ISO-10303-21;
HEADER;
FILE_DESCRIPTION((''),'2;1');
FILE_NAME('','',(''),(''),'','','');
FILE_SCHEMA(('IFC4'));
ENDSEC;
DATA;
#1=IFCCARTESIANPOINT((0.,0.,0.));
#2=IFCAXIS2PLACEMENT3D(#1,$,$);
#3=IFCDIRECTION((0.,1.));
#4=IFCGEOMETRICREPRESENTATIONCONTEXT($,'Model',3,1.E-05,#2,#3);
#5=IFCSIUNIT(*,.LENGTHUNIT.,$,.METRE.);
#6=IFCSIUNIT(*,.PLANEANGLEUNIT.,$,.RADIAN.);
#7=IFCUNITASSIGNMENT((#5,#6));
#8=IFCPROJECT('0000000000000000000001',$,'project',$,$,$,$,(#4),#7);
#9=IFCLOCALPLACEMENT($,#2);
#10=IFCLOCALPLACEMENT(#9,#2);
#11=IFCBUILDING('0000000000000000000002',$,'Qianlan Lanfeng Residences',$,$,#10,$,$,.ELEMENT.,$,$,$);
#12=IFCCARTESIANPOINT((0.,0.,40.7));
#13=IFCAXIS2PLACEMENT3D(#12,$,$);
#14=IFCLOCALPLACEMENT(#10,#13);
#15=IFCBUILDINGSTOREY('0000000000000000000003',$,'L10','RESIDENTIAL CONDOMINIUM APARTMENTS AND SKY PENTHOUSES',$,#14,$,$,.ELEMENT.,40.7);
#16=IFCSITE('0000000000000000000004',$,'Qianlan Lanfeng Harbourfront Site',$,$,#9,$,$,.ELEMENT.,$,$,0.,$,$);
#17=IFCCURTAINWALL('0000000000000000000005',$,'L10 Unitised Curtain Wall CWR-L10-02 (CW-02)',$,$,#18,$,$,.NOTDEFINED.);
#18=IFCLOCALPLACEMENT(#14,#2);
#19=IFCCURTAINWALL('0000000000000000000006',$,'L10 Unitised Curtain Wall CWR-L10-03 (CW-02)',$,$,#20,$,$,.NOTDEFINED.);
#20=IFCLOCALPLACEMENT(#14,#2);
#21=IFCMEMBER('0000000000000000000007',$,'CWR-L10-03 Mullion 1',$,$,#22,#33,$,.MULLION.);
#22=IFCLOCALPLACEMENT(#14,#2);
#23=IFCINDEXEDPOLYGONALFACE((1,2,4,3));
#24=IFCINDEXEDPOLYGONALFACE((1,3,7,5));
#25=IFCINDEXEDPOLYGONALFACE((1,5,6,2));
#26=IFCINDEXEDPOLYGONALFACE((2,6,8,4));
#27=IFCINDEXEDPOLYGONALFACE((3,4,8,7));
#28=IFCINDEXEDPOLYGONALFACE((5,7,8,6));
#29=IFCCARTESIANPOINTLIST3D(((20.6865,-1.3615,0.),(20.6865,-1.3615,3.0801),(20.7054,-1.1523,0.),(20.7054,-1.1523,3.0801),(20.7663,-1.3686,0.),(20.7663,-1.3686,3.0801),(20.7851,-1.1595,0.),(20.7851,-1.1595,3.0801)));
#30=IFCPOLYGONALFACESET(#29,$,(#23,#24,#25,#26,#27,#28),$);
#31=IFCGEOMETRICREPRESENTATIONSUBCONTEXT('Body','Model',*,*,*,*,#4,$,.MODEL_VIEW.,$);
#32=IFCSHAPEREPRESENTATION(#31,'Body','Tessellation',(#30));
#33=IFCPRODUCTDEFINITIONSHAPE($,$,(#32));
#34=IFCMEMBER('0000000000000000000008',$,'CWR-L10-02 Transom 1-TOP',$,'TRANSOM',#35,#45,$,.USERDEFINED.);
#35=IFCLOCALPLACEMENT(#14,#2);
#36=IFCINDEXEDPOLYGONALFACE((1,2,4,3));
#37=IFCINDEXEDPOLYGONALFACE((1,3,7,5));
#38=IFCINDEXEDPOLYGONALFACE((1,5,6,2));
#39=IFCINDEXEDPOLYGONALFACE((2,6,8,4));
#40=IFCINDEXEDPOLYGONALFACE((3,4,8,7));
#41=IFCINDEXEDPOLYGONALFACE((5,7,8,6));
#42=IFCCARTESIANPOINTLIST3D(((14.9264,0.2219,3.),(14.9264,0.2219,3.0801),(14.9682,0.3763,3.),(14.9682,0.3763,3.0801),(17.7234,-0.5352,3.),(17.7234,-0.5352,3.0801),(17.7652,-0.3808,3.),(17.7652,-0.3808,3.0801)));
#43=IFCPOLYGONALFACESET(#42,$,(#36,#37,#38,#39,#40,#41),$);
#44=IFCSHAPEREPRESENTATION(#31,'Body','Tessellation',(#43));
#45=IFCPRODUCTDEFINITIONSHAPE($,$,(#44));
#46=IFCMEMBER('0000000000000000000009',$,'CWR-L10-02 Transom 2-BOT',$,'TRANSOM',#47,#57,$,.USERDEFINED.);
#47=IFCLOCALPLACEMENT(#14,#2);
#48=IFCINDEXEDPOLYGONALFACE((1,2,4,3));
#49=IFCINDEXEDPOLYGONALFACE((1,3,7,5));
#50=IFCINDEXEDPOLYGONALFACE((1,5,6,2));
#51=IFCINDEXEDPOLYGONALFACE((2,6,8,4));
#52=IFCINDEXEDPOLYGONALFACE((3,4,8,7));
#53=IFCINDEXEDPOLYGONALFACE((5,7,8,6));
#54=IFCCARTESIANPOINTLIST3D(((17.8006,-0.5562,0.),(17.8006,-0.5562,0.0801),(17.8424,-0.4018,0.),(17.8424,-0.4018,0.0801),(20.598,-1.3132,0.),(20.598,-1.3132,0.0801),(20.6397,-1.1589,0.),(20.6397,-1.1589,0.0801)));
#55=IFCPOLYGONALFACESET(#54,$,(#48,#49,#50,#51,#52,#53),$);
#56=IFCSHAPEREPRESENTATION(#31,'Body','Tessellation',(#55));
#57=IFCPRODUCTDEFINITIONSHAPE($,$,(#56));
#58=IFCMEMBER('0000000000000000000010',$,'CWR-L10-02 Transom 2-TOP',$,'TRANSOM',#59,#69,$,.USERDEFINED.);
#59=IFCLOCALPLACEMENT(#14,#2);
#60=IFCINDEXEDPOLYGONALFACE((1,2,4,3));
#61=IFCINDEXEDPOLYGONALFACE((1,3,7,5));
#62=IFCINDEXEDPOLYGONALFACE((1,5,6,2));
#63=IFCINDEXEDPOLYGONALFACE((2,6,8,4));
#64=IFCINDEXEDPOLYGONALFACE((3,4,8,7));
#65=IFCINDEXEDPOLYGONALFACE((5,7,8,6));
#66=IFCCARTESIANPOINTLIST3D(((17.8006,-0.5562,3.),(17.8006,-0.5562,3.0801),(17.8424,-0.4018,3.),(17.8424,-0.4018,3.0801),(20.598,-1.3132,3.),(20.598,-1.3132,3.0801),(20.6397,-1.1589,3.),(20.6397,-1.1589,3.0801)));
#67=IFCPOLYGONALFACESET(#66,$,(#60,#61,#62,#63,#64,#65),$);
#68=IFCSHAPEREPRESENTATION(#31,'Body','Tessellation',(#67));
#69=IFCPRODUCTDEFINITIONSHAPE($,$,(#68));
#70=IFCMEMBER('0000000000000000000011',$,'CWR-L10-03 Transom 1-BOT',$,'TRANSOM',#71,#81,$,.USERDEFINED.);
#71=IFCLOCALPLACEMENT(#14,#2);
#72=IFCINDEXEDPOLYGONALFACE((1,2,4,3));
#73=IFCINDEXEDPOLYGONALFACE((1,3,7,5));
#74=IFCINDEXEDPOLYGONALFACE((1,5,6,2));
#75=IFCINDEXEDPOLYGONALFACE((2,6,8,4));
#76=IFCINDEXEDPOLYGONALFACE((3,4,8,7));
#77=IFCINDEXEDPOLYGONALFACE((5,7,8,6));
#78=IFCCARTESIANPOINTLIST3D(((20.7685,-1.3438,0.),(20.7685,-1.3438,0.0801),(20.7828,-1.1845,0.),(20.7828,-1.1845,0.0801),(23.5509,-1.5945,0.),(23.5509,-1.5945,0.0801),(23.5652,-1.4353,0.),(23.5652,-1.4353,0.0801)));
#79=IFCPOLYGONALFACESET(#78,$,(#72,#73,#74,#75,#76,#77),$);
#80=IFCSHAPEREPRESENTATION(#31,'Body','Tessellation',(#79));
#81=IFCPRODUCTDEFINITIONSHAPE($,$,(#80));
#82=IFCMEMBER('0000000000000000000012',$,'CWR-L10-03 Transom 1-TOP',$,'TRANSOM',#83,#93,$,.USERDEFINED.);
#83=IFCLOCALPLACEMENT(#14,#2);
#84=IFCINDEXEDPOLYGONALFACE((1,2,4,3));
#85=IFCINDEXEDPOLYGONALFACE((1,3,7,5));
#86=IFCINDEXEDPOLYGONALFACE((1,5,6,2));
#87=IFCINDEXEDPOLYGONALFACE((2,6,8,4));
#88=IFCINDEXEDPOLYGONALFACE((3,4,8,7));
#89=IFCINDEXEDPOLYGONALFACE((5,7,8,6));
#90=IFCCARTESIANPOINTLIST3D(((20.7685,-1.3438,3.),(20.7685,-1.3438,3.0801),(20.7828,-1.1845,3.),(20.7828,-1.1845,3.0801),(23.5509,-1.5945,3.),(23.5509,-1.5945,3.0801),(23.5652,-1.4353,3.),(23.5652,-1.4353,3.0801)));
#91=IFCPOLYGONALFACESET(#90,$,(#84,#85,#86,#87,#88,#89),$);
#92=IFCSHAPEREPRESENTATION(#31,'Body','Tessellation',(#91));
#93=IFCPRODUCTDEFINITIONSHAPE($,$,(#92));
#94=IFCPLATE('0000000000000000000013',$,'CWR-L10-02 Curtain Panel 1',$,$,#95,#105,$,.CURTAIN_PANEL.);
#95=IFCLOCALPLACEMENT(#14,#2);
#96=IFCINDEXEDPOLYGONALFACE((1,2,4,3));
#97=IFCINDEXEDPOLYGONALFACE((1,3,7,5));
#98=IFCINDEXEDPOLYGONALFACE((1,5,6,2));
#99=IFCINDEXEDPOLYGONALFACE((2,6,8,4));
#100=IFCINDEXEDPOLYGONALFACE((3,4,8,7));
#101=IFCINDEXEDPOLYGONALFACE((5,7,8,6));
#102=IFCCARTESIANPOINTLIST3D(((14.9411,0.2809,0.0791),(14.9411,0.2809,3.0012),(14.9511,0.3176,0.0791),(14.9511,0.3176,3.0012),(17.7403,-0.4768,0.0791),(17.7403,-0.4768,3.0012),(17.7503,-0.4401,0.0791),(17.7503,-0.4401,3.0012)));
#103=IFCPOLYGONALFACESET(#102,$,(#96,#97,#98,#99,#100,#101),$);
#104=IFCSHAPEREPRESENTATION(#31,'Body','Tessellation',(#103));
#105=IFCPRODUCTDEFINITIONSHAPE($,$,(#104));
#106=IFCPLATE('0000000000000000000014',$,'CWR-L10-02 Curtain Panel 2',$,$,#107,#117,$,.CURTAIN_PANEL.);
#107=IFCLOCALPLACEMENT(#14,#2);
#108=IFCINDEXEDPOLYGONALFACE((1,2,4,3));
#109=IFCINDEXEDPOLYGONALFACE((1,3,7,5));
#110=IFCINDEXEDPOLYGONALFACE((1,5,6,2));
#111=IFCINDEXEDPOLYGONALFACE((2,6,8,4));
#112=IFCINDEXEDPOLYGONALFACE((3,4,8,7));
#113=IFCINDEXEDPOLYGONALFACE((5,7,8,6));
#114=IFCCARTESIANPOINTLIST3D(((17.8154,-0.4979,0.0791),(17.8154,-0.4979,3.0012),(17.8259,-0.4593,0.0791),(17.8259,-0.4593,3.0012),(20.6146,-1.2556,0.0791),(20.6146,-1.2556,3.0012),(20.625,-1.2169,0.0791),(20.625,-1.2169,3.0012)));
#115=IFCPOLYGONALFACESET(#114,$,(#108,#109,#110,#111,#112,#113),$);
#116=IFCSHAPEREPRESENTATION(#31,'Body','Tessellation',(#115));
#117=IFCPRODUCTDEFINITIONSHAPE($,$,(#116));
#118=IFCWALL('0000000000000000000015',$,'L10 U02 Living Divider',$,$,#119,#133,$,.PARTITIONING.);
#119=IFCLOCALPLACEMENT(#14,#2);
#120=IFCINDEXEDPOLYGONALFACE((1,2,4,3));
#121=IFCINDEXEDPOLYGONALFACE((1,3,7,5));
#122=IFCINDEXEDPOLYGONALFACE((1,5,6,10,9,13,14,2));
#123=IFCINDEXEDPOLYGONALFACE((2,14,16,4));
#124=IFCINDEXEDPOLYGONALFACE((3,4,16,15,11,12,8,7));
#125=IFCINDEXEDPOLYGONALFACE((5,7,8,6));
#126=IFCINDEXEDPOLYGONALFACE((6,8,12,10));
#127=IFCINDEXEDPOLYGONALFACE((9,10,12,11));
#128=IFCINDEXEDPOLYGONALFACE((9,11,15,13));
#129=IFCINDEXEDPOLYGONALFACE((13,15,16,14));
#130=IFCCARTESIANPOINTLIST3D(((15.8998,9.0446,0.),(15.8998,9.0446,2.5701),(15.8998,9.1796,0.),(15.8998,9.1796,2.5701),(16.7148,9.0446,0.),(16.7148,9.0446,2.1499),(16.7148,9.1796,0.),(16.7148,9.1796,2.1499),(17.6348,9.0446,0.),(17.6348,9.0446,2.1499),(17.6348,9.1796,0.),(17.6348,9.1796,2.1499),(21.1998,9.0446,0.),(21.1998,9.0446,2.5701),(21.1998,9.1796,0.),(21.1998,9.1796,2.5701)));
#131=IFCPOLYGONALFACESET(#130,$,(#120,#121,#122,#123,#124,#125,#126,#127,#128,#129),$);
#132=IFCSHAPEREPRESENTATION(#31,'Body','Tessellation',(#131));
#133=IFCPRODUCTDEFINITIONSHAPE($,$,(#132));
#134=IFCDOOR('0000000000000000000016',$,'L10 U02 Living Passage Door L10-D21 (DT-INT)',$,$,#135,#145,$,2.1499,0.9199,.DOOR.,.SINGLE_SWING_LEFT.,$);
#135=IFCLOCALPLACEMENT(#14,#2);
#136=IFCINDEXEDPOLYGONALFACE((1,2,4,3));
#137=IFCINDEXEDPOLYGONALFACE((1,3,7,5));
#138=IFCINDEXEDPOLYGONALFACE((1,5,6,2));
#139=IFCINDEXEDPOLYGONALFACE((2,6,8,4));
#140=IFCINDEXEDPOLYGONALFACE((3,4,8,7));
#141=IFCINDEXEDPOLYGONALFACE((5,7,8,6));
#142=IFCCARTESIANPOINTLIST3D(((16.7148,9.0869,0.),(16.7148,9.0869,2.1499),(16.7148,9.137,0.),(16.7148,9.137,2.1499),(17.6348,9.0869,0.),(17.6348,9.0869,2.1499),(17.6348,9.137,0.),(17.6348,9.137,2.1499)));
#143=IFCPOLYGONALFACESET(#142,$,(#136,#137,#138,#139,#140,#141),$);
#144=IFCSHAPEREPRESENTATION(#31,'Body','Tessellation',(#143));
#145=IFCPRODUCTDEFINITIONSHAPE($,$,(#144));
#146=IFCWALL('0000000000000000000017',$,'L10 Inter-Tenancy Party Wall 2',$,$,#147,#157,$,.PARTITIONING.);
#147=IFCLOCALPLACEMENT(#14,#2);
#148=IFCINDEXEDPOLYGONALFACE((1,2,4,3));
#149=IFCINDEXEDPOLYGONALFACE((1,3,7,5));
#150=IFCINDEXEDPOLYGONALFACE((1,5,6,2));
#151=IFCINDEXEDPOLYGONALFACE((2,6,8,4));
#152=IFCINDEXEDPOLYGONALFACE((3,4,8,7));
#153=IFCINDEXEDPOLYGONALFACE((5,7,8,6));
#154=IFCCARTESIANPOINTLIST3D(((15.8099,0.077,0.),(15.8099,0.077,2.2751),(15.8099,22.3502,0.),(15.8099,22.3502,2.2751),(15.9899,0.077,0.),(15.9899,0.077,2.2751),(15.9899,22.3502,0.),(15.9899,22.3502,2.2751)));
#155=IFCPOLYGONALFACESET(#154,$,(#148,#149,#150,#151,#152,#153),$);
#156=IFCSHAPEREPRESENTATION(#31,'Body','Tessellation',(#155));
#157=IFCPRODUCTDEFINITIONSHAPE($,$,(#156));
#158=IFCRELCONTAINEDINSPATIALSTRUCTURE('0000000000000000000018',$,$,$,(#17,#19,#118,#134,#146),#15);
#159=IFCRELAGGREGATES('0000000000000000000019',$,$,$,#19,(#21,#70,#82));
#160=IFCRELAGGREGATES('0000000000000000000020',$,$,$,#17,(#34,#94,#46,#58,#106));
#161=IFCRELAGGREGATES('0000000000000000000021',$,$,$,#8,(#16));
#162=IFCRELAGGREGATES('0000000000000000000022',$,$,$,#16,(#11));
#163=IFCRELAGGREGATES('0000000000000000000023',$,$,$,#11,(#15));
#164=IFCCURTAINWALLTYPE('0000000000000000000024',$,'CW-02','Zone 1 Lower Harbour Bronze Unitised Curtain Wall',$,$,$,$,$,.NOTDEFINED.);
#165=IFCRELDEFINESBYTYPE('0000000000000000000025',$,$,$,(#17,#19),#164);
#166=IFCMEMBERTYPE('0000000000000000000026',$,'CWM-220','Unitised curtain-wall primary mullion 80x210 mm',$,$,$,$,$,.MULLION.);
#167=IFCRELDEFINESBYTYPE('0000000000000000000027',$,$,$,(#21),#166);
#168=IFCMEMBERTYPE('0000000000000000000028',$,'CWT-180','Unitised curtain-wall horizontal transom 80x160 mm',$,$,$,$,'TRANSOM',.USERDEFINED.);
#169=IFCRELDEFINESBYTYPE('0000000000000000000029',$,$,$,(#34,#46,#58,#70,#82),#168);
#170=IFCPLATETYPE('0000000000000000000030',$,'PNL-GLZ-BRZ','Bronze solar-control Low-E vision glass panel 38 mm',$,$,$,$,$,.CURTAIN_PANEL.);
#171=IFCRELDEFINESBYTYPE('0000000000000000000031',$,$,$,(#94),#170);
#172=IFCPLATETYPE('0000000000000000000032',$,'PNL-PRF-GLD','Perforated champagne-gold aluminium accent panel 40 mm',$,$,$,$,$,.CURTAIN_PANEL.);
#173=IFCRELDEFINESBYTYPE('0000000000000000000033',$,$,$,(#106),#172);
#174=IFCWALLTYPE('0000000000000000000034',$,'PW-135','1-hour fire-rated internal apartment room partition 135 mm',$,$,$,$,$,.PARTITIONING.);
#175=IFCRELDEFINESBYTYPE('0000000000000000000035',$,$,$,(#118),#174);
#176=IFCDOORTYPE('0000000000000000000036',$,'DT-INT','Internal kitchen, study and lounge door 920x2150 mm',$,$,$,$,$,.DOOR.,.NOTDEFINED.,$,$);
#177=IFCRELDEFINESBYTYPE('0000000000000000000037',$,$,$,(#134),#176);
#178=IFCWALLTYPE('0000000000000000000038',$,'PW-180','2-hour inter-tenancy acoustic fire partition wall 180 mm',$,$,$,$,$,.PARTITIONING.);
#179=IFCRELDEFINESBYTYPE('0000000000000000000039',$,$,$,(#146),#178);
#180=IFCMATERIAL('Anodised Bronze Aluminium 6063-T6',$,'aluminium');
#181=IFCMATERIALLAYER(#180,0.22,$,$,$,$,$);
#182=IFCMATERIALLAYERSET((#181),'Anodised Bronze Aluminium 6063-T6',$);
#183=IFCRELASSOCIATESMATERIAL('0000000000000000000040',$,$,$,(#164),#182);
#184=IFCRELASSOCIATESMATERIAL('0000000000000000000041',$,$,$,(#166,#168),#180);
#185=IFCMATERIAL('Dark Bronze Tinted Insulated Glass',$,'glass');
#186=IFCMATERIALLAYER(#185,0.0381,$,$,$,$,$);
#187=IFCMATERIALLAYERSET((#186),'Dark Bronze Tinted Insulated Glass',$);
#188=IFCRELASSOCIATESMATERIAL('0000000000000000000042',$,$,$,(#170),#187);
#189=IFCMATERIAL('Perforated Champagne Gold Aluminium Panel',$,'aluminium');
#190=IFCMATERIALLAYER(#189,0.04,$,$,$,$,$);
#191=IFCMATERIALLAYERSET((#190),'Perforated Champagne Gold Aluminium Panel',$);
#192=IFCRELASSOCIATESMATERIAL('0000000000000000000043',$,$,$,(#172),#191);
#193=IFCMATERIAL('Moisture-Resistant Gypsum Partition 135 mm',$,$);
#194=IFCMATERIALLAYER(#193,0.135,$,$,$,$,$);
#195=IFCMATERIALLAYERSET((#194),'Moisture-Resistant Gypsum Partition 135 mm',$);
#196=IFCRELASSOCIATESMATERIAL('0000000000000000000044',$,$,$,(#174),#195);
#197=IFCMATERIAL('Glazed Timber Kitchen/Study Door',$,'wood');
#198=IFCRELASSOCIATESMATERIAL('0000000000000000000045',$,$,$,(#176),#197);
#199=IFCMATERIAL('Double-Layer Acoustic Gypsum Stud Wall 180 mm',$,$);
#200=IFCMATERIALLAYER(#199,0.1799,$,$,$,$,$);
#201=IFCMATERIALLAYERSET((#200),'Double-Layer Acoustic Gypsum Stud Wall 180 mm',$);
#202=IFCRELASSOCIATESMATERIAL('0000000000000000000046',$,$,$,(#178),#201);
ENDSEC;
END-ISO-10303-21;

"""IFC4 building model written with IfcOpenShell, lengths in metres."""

from ifc_helpers import new_model, si_unit, direction, frame, frame_2d, origin, origin_2d, place, context, subcontext, project, spatial, rectangle, extrude, source, transform, mapped, material, layer, layer_set, material_profile, profile_set, type_object, element, fill, aggregate, save


model = new_model("IFC4")

# Units and contexts
model_context = context("Model", 3, precision=1e-05, world=origin(), true_north=direction((0.0, 1.0)))
body_context = subcontext(model_context, "Body", "Model", "MODEL_VIEW")
ifc_project = project(units=[si_unit("LENGTHUNIT", "METRE"), si_unit("PLANEANGLEUNIT", "RADIAN")], contexts=[model_context])

# Site, building, storey
site_placement = place(None, origin())
site = spatial("IfcSite", under=ifc_project, at=site_placement, Name="Qianlan Lanfeng Harbourfront Site", CompositionType="ELEMENT", RefElevation=0.0)
building_placement = place(site_placement, origin())
building = spatial("IfcBuilding", under=site, at=building_placement, Name="Qianlan Lanfeng Residences", CompositionType="ELEMENT")
storey_placement = place(building_placement, frame((0.0, 0.0, 40.7)))
storey = spatial("IfcBuildingStorey", under=building, at=storey_placement, Name="L10", Description="RESIDENTIAL CONDOMINIUM APARTMENTS AND SKY PENTHOUSES", CompositionType="ELEMENT", Elevation=40.7)

# Curtain wall
ifc_material_1 = material(Name="Anodised Bronze Aluminium 6063-T6", Category="aluminium")
ifc_layer_1 = layer(ifc_material_1, 0.22)
ifc_layer_set_1 = layer_set([ifc_layer_1], Name="Anodised Bronze Aluminium 6063-T6")
curtain_wall_type = type_object("IfcCurtainWallType", Name="CW-02", Description="Zone 1 Lower Harbour Bronze Unitised Curtain Wall", PredefinedType="NOTDEFINED", material=ifc_layer_set_1)
curtain_wall_1_placement = place(storey_placement, origin())
curtain_wall_1 = element("IfcCurtainWall", 1, at=curtain_wall_1_placement, inside=storey, type_object=curtain_wall_type, Name="L10 Unitised Curtain Wall CWR-L10-02 (CW-02)", PredefinedType="NOTDEFINED")
ifc_material_profile_1 = material_profile(ifc_material_1, rectangle(XDim=0.0801, YDim=0.21, at=origin_2d()), Name="ALU MULLION 80x210")
ifc_profile_set_1 = profile_set([ifc_material_profile_1], Name="Anodised Bronze Aluminium 6063-T6")
member_type_1 = type_object("IfcMemberType", Name="CWM-220", Description="Unitised curtain-wall primary mullion 80x210 mm", PredefinedType="MULLION", material=ifc_profile_set_1)
shared_shape_1 = source(origin(), body_context, "Body", "SweptSolid", [
    extrude(rectangle(XDim=0.0801, YDim=0.21, at=origin_2d()), origin(), (0.0, 0.0, 1.0), 3.0801),
])

# Curtain wall, member
curtain_wall_2_placement = place(storey_placement, origin())
curtain_wall_2 = element("IfcCurtainWall", 2, at=curtain_wall_2_placement, inside=storey, type_object=curtain_wall_type, Name="L10 Unitised Curtain Wall CWR-L10-03 (CW-02)", PredefinedType="NOTDEFINED")
member_1_placement = place(storey_placement, frame((20.7358, -1.2605, 0.0), z_axis=(0.0, 0.0, 1.0), x_axis=(0.995965, -0.089746, 0.0)))
member_1 = element("IfcMember", 3, at=member_1_placement, type_object=member_type_1, Name="CWR-L10-03 Mullion 1", PredefinedType="MULLION", context=body_context, shape_type="MappedRepresentation", body=[
    mapped(shared_shape_1, transform((0.0, 0.0, 0.0), scale=1.0)),
])

# Members
ifc_material_profile_2 = material_profile(ifc_material_1, rectangle(XDim=0.0801, YDim=0.1599, at=origin_2d()), Name="ALU TRANSOM 80x160")
ifc_profile_set_2 = profile_set([ifc_material_profile_2], Name="Anodised Bronze Aluminium 6063-T6")
member_type_2 = type_object("IfcMemberType", Name="CWT-180", Description="Unitised curtain-wall horizontal transom 80x160 mm", ElementType="TRANSOM", PredefinedType="USERDEFINED", material=ifc_profile_set_2)
shared_shape_2 = source(origin(), body_context, "Body", "SweptSolid", [
    extrude(rectangle(XDim=0.0801, YDim=0.1599, at=origin_2d()), origin(), (0.0, 0.0, 1.0), 2.8977),
])
member_2_placement = place(storey_placement, frame((14.9473, 0.2991, 3.04), z_axis=(0.965268, -0.261263, 0.0), x_axis=(0.0, 0.0, 1.0)))
member_2 = element("IfcMember", 4, at=member_2_placement, type_object=member_type_2, Name="CWR-L10-02 Transom 1-TOP", ObjectType="TRANSOM", PredefinedType="USERDEFINED", context=body_context, shape_type="MappedRepresentation", body=[
    mapped(shared_shape_2, transform((0.0, 0.0, 0.0), scale=1.0)),
])
shared_shape_3 = source(origin(), body_context, "Body", "SweptSolid", [
    extrude(rectangle(XDim=0.0801, YDim=0.1599, at=origin_2d()), origin(), (0.0, 0.0, 1.0), 2.8979),
])
member_3_placement = place(storey_placement, frame((17.8215, -0.479, 0.04), z_axis=(0.965273, -0.261242, 0.0), x_axis=(0.0, 0.0, 1.0)))
member_3 = element("IfcMember", 5, at=member_3_placement, type_object=member_type_2, Name="CWR-L10-02 Transom 2-BOT", ObjectType="TRANSOM", PredefinedType="USERDEFINED", context=body_context, shape_type="MappedRepresentation", body=[
    mapped(shared_shape_3, transform((0.0, 0.0, 0.0), scale=1.0)),
])
member_4_placement = place(storey_placement, frame((17.8215, -0.479, 3.04), z_axis=(0.965273, -0.261242, 0.0), x_axis=(0.0, 0.0, 1.0)))
member_4 = element("IfcMember", 6, at=member_4_placement, type_object=member_type_2, Name="CWR-L10-02 Transom 2-TOP", ObjectType="TRANSOM", PredefinedType="USERDEFINED", context=body_context, shape_type="MappedRepresentation", body=[
    mapped(shared_shape_3, transform((0.0, 0.0, 0.0), scale=1.0)),
])
shared_shape_4 = source(origin(), body_context, "Body", "SweptSolid", [
    extrude(rectangle(XDim=0.0801, YDim=0.1599, at=origin_2d()), origin(), (0.0, 0.0, 1.0), 2.7937),
])
member_5_placement = place(storey_placement, frame((20.7756, -1.2642, 0.04), z_axis=(0.995965, -0.089748, 0.0), x_axis=(0.0, 0.0, 1.0)))
member_5 = element("IfcMember", 7, at=member_5_placement, type_object=member_type_2, Name="CWR-L10-03 Transom 1-BOT", ObjectType="TRANSOM", PredefinedType="USERDEFINED", context=body_context, shape_type="MappedRepresentation", body=[
    mapped(shared_shape_4, transform((0.0, 0.0, 0.0), scale=1.0)),
])
member_6_placement = place(storey_placement, frame((20.7756, -1.2642, 3.04), z_axis=(0.995965, -0.089748, 0.0), x_axis=(0.0, 0.0, 1.0)))
member_6 = element("IfcMember", 8, at=member_6_placement, type_object=member_type_2, Name="CWR-L10-03 Transom 1-TOP", ObjectType="TRANSOM", PredefinedType="USERDEFINED", context=body_context, shape_type="MappedRepresentation", body=[
    mapped(shared_shape_4, transform((0.0, 0.0, 0.0), scale=1.0)),
])
aggregate(curtain_wall_2, [member_1, member_5, member_6])

# Plates
ifc_material_2 = material(Name="Dark Bronze Tinted Insulated Glass", Category="glass")
ifc_layer_2 = layer(ifc_material_2, 0.0381)
ifc_layer_set_2 = layer_set([ifc_layer_2], Name="Dark Bronze Tinted Insulated Glass")
plate_type_1 = type_object("IfcPlateType", Name="PNL-GLZ-BRZ", Description="Bronze solar-control Low-E vision glass panel 38 mm", PredefinedType="CURTAIN_PANEL", material=ifc_layer_set_2)
shared_shape_5 = source(origin(), body_context, "Body", "SweptSolid", [
    extrude(rectangle(XDim=2.8999, YDim=0.0381, at=origin_2d()), origin(), (0.0, 0.0, 1.0), 2.9221),
])
plate_1_placement = place(storey_placement, frame((16.3457, -0.0796, 0.0791), z_axis=(0.0, 0.0, 1.0), x_axis=(0.965263, -0.261281, 0.0)))
plate_1 = element("IfcPlate", 9, at=plate_1_placement, type_object=plate_type_1, Name="CWR-L10-02 Curtain Panel 1", PredefinedType="CURTAIN_PANEL", context=body_context, shape_type="MappedRepresentation", body=[
    mapped(shared_shape_5, transform((0.0, 0.0, 0.0), scale=1.0)),
])
ifc_material_3 = material(Name="Perforated Champagne Gold Aluminium Panel", Category="aluminium")
ifc_layer_3 = layer(ifc_material_3, 0.04)
ifc_layer_set_3 = layer_set([ifc_layer_3], Name="Perforated Champagne Gold Aluminium Panel")
plate_type_2 = type_object("IfcPlateType", Name="PNL-PRF-GLD", Description="Perforated champagne-gold aluminium accent panel 40 mm", PredefinedType="CURTAIN_PANEL", material=ifc_layer_set_3)
shared_shape_6 = source(origin(), body_context, "Body", "SweptSolid", [
    extrude(rectangle(XDim=2.8999, YDim=0.04, at=origin_2d()), origin(), (0.0, 0.0, 1.0), 2.9221),
])
plate_2_placement = place(storey_placement, frame((19.2202, -0.8574, 0.0791), z_axis=(0.0, 0.0, 1.0), x_axis=(0.965263, -0.261281, 0.0)))
plate_2 = element("IfcPlate", 10, at=plate_2_placement, type_object=plate_type_2, Name="CWR-L10-02 Curtain Panel 2", PredefinedType="CURTAIN_PANEL", context=body_context, shape_type="MappedRepresentation", body=[
    mapped(shared_shape_6, transform((0.0, 0.0, 0.0), scale=1.0)),
])
aggregate(curtain_wall_1, [member_2, plate_1, member_3, member_4, plate_2])

# Wall, opening, door
ifc_material_4 = material(Name="Moisture-Resistant Gypsum Partition 135 mm")
ifc_layer_4 = layer(ifc_material_4, 0.135)
ifc_layer_set_4 = layer_set([ifc_layer_4], Name="Moisture-Resistant Gypsum Partition 135 mm")
wall_type_1 = type_object("IfcWallType", Name="PW-135", Description="1-hour fire-rated internal apartment room partition 135 mm", PredefinedType="PARTITIONING", material=ifc_layer_set_4)
wall_1_placement = place(storey_placement, frame((15.8999, 9.1121, 0.0), z_axis=(0.0, 0.0, 1.0), x_axis=(1.0, 0.0, 0.0)))
wall_1 = element("IfcWall", 11, at=wall_1_placement, inside=storey, type_object=wall_type_1, Name="L10 U02 Living Divider", PredefinedType="PARTITIONING", context=body_context, shape_type="SweptSolid", body=[
    extrude(rectangle(XDim=5.3, YDim=0.135, at=frame_2d((2.6499, 0.0))), origin(), (0.0, 0.0, 1.0), 2.5701),
])
opening_1_placement = place(wall_1_placement, frame((0.8149, 0.0, 0.0)))
opening_1 = element("IfcOpeningElement", 12, at=opening_1_placement, cuts=wall_1, PredefinedType="OPENING", context=body_context, shape_type="SweptSolid", body=[
    extrude(rectangle(XDim=0.9199, YDim=2.1499, at=frame_2d((0.46, 1.075))), frame((0.0, 0.0776, 0.0), z_axis=(0.0, -1.0, 0.0), x_axis=(1.0, 0.0, 0.0)), (0.0, 0.0, 1.0), 0.155),
])
ifc_material_5 = material(Name="Glazed Timber Kitchen/Study Door", Category="wood")
door_type_1 = type_object("IfcDoorType", Name="DT-INT", Description="Internal kitchen, study and lounge door 920x2150 mm", OperationType="NOTDEFINED", PredefinedType="DOOR", material=ifc_material_5)
door_1_placement = place(opening_1_placement, origin())
door_1 = element("IfcDoor", 13, at=door_1_placement, inside=storey, type_object=door_type_1, Name="L10 U02 Living Passage Door L10-D21 (DT-INT)", OperationType="SINGLE_SWING_LEFT", OverallHeight=2.1499, OverallWidth=0.9199, PredefinedType="DOOR", context=body_context, shape_type="SweptSolid", body=[
    extrude(rectangle(XDim=0.9199, YDim=2.1499, at=frame_2d((0.46, 1.075))), frame((0.0, 0.0249, 0.0), z_axis=(0.0, -1.0, 0.0), x_axis=(1.0, 0.0, 0.0)), (0.0, 0.0, 1.0), 0.05),
])
fill(opening_1, door_1)

# Wall
ifc_material_6 = material(Name="Double-Layer Acoustic Gypsum Stud Wall 180 mm")
ifc_layer_5 = layer(ifc_material_6, 0.1799)
ifc_layer_set_5 = layer_set([ifc_layer_5], Name="Double-Layer Acoustic Gypsum Stud Wall 180 mm")
wall_type_2 = type_object("IfcWallType", Name="PW-180", Description="2-hour inter-tenancy acoustic fire partition wall 180 mm", PredefinedType="PARTITIONING", material=ifc_layer_set_5)
wall_2_placement = place(storey_placement, frame((15.8999, 0.0769, 0.0), z_axis=(0.0, 0.0, 1.0), x_axis=(0.0, 1.0, 0.0)))
element("IfcWall", 14, at=wall_2_placement, inside=storey, type_object=wall_type_2, Name="L10 Inter-Tenancy Party Wall 2", PredefinedType="PARTITIONING", context=body_context, shape_type="SweptSolid", body=[
    extrude(rectangle(XDim=22.2732, YDim=0.1799, at=frame_2d((11.1367, 0.0))), origin(), (0.0, 0.0, 1.0), 2.2751),
])

save(model, "model.ifc")
